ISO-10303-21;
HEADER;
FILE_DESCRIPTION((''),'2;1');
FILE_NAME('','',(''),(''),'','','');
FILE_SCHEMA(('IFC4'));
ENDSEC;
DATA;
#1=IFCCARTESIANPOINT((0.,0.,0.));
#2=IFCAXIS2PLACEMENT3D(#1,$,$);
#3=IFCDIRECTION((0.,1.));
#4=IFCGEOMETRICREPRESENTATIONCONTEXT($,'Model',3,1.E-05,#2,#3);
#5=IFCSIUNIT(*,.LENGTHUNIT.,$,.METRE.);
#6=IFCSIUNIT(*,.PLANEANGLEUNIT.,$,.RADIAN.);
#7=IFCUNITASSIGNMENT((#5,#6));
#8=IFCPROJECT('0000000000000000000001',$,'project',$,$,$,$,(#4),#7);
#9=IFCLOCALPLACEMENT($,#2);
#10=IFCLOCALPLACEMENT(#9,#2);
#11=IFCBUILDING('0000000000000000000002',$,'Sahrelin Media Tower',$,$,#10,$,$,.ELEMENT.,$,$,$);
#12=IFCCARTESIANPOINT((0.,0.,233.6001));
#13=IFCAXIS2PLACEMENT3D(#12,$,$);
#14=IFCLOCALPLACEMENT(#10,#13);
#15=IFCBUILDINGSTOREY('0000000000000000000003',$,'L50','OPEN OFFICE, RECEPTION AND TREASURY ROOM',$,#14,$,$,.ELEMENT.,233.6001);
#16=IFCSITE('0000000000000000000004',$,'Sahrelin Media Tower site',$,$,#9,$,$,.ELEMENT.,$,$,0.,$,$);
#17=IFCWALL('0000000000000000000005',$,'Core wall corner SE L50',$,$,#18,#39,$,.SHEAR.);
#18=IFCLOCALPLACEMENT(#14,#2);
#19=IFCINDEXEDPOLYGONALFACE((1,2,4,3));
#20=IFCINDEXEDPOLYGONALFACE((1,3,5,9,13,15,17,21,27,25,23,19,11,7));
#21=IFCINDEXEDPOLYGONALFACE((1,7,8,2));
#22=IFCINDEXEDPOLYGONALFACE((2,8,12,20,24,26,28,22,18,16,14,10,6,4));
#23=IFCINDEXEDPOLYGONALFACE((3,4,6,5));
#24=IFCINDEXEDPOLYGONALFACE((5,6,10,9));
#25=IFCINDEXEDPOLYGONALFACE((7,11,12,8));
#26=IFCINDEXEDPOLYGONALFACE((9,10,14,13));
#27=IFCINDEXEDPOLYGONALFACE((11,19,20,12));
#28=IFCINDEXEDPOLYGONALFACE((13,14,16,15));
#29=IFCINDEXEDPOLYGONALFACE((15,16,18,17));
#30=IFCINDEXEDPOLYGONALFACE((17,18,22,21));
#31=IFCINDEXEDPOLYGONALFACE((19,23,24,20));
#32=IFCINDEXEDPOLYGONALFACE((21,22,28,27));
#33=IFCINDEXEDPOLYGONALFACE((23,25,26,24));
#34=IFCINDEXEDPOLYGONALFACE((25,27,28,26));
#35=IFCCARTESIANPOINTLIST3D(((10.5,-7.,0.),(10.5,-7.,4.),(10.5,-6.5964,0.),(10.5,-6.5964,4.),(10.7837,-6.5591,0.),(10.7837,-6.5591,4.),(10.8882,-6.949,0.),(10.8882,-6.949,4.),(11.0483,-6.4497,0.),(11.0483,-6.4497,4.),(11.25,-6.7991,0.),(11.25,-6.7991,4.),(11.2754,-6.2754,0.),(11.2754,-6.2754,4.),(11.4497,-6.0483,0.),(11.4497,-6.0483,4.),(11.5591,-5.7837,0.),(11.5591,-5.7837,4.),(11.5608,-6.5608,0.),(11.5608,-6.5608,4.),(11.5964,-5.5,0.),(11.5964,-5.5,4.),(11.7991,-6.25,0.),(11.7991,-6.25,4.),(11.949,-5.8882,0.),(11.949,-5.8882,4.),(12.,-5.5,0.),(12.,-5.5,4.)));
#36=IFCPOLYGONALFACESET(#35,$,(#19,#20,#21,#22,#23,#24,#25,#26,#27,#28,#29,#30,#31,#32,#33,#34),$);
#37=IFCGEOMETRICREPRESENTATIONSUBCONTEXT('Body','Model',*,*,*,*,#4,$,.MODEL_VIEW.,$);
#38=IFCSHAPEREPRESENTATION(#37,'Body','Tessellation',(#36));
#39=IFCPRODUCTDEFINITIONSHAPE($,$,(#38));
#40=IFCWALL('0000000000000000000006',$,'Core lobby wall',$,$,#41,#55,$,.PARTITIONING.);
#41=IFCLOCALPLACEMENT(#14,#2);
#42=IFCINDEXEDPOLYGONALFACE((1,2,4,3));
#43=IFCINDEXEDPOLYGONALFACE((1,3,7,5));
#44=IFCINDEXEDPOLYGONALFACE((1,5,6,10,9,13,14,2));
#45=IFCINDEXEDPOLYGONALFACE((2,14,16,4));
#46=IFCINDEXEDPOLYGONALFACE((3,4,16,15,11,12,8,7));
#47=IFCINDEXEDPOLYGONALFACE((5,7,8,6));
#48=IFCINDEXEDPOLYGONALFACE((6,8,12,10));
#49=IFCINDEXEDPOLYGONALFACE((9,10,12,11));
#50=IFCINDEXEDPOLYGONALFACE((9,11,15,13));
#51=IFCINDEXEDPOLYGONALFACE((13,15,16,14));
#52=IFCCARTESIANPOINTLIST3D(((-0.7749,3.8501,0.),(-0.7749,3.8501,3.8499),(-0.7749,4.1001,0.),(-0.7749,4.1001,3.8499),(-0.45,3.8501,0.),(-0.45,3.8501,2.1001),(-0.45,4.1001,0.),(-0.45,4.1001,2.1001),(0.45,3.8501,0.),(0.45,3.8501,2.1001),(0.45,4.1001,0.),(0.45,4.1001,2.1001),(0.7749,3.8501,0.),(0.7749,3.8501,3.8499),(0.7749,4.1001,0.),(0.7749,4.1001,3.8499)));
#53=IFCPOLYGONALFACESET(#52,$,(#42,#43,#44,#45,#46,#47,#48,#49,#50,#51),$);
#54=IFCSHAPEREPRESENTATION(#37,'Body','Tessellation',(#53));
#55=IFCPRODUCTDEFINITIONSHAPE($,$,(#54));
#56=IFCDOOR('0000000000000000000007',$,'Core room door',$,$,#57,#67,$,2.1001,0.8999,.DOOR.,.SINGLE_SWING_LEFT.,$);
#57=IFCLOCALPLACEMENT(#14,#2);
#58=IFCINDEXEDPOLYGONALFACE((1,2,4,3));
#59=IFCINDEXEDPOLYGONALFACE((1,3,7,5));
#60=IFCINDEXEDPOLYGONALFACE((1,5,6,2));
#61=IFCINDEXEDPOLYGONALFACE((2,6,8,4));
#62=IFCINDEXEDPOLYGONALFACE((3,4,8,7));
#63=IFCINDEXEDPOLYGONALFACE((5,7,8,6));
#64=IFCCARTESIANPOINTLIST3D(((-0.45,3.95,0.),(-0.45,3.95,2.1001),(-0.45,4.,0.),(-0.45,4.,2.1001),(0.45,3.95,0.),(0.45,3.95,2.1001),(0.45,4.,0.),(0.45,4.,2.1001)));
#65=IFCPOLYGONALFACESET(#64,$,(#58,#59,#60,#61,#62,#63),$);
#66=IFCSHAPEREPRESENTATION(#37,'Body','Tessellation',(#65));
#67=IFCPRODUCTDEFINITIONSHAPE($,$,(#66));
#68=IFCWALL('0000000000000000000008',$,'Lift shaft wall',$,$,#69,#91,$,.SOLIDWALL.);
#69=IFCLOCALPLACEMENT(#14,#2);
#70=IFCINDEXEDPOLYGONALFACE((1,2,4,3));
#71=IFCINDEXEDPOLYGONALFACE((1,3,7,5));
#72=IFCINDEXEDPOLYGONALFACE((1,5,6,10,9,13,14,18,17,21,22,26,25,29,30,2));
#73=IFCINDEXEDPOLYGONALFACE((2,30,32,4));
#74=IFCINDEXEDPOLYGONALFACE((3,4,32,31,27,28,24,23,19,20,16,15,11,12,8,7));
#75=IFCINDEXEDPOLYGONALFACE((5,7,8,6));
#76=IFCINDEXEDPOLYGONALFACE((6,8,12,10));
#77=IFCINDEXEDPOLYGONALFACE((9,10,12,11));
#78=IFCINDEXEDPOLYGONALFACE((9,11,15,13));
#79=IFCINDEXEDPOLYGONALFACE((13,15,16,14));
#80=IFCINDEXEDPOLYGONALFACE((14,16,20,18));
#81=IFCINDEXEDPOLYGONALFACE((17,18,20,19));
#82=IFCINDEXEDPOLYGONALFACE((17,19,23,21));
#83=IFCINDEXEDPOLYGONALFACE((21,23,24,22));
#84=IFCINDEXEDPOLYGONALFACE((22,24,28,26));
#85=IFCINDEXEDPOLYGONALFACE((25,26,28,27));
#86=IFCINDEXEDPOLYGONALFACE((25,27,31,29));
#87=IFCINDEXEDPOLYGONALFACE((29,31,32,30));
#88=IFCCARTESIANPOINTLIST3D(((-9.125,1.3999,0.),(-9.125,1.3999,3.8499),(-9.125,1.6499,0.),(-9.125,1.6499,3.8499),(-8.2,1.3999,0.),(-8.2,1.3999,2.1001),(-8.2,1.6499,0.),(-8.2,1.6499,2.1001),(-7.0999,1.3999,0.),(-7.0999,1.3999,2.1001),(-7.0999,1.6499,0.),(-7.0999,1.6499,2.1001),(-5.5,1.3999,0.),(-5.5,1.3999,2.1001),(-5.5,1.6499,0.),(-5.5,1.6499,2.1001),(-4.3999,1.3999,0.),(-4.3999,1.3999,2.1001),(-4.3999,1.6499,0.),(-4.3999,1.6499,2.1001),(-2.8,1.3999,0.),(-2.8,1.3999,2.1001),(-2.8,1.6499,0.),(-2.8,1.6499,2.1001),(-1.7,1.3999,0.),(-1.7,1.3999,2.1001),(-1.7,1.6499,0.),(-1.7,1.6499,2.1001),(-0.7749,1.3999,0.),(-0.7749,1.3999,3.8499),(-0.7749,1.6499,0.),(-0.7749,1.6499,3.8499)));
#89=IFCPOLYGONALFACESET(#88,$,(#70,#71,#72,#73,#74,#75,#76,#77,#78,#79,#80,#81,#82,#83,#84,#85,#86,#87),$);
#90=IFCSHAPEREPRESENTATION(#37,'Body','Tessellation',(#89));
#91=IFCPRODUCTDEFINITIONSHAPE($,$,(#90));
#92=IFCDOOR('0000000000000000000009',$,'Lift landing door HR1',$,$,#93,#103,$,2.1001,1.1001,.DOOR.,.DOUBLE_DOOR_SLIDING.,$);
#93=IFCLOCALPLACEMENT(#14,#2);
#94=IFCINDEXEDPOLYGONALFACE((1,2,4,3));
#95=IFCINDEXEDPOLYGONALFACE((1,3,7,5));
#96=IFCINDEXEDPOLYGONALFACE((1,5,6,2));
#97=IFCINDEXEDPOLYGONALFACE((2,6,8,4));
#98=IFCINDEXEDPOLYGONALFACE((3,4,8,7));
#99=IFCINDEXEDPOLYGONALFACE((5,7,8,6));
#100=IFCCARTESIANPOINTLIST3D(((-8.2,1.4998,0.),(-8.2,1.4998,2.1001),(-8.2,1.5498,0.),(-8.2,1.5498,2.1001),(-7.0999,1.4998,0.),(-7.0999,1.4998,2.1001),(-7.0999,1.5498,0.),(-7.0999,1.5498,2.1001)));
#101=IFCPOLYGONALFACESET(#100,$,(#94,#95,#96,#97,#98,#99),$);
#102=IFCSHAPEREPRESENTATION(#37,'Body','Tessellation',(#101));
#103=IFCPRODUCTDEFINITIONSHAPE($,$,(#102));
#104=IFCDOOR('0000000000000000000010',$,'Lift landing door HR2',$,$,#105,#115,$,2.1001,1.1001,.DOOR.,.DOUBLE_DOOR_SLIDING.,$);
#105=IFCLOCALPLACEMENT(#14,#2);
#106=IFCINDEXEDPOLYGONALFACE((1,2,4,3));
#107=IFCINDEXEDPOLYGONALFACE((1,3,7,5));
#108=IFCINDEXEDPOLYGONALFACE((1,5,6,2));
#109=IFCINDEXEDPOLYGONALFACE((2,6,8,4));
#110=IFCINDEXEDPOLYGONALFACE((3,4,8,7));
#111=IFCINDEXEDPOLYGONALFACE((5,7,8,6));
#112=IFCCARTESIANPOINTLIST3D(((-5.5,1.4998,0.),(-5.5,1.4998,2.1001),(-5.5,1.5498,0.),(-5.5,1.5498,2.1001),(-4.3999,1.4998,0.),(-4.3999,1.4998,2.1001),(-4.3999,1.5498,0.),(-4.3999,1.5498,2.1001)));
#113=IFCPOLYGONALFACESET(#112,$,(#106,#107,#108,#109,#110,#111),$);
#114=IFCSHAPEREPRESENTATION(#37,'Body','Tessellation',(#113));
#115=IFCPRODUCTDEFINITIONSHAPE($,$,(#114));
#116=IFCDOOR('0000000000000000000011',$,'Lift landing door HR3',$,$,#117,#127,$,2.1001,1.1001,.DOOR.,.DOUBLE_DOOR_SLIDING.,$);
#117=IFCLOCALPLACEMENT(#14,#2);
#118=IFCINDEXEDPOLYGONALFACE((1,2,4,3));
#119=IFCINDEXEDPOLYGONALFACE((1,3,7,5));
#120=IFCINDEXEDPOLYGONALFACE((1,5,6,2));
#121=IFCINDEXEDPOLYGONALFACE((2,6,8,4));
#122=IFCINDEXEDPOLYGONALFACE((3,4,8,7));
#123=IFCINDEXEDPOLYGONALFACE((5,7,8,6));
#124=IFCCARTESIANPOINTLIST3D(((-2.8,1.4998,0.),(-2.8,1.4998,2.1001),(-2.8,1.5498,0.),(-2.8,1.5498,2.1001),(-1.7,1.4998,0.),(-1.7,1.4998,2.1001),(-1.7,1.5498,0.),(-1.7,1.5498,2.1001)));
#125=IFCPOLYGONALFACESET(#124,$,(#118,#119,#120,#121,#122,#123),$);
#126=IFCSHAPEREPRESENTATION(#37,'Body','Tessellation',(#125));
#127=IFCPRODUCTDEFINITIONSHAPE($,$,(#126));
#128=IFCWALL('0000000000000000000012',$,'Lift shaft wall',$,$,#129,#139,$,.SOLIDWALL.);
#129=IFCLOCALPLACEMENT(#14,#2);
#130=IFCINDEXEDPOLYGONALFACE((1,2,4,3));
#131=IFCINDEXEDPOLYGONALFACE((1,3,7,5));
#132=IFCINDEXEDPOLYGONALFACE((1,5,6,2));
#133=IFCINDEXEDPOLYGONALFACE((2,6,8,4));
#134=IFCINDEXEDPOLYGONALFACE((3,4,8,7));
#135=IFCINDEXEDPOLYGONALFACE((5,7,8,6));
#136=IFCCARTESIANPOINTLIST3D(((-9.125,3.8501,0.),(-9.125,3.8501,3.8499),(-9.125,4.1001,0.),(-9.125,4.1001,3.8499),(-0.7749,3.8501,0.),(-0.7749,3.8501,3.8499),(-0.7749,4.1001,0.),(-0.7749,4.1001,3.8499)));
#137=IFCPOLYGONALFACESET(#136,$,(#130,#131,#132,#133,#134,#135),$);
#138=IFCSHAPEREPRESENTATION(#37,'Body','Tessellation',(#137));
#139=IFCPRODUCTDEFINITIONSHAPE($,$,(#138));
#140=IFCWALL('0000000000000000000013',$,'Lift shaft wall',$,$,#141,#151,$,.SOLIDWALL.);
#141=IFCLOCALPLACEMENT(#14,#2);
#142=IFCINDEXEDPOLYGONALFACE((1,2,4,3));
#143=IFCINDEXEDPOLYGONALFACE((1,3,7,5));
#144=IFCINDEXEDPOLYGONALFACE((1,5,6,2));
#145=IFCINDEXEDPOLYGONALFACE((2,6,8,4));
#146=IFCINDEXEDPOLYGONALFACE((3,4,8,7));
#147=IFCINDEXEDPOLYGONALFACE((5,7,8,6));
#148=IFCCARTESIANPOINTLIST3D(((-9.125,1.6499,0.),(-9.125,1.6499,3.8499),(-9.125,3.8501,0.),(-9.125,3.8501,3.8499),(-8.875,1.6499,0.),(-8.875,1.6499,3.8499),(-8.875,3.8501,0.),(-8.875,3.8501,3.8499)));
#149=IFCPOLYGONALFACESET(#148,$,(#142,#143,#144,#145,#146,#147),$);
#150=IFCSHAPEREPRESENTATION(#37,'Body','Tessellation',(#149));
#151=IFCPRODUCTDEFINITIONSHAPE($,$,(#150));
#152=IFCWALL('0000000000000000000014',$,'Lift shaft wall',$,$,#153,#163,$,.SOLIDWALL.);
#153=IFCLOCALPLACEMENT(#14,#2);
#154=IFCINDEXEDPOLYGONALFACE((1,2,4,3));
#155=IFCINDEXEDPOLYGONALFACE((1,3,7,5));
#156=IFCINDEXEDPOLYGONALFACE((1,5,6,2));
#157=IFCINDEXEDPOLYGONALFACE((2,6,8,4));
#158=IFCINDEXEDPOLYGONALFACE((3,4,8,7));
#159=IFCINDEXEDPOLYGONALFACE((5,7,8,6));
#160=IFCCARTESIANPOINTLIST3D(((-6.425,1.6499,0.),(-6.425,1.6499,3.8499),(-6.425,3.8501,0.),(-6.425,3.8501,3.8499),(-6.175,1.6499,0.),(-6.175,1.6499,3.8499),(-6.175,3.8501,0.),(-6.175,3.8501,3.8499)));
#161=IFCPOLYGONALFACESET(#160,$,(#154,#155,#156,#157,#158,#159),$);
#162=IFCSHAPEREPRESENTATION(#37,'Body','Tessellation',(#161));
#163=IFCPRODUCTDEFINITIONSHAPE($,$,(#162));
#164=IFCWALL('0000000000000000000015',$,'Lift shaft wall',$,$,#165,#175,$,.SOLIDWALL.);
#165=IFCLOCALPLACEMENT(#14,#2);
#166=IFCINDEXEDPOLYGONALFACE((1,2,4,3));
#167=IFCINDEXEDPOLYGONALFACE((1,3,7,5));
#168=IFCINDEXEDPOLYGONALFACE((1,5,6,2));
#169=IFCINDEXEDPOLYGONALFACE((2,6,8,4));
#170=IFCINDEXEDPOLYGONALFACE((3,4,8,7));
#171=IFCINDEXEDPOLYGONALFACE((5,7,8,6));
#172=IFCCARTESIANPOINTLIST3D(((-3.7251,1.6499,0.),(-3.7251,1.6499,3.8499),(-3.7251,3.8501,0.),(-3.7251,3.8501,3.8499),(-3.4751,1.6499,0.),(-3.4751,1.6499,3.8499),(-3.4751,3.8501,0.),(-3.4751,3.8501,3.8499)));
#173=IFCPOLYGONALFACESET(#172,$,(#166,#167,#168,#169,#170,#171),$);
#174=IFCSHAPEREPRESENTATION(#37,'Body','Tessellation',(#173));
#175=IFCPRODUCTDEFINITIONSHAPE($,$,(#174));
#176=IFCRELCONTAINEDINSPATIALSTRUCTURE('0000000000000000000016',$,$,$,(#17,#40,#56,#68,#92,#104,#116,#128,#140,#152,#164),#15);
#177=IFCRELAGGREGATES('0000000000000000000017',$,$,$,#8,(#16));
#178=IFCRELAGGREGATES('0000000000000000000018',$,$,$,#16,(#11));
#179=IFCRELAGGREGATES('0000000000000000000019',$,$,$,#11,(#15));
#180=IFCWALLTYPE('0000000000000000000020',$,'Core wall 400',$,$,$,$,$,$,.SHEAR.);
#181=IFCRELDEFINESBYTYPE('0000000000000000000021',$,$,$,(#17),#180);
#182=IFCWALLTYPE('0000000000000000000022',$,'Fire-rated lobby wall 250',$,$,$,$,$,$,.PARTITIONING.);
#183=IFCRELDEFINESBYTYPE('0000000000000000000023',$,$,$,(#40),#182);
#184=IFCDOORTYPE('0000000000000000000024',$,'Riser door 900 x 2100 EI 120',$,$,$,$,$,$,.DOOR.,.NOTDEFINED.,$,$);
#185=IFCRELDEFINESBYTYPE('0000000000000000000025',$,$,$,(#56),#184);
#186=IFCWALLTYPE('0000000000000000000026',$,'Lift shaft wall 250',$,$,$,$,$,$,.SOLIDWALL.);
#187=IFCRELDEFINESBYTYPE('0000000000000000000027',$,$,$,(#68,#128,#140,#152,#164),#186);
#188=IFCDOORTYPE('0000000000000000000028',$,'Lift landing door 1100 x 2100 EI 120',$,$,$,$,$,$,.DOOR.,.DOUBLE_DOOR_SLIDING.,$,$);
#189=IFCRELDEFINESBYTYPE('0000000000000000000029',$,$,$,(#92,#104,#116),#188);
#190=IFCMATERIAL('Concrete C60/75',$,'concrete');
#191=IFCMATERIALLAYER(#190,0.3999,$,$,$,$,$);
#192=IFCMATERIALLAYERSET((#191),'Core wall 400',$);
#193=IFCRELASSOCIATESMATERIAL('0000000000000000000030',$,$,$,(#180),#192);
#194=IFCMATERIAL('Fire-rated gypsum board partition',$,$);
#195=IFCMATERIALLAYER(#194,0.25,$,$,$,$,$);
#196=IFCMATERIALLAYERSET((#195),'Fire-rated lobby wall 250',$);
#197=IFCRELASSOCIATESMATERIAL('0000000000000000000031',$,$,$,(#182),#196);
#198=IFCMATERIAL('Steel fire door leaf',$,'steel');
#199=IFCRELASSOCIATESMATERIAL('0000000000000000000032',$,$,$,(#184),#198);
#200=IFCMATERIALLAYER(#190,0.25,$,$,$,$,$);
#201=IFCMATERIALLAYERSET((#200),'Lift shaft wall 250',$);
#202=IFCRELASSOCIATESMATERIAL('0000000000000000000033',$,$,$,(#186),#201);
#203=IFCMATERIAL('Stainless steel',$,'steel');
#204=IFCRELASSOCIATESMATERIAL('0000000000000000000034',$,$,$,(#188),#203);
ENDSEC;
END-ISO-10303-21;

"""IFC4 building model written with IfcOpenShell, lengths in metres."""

from ifc_helpers import new_model, si_unit, direction, frame, frame_2d, origin, place, context, subcontext, project, spatial, polyline, rectangle, outline, extrude, material, layer, layer_set, type_object, element, fill, save


model = new_model("IFC4")

# Units and contexts
model_context = context("Model", 3, precision=1e-05, world=origin(), true_north=direction((0.0, 1.0)))
body_context = subcontext(model_context, "Body", "Model", "MODEL_VIEW")
ifc_project = project(units=[si_unit("LENGTHUNIT", "METRE"), si_unit("PLANEANGLEUNIT", "RADIAN")], contexts=[model_context])

# Site, building, storey
site_placement = place(None, origin())
site = spatial("IfcSite", under=ifc_project, at=site_placement, Name="Sahrelin Media Tower site", CompositionType="ELEMENT", RefElevation=0.0)
building_placement = place(site_placement, origin())
building = spatial("IfcBuilding", under=site, at=building_placement, Name="Sahrelin Media Tower", CompositionType="ELEMENT")
storey_placement = place(building_placement, frame((0.0, 0.0, 233.6001)))
storey = spatial("IfcBuildingStorey", under=building, at=storey_placement, Name="L50", Description="OPEN OFFICE, RECEPTION AND TREASURY ROOM", CompositionType="ELEMENT", Elevation=233.6001)

# Wall
ifc_material_1 = material(Name="Concrete C60/75", Category="concrete")
ifc_layer_1 = layer(ifc_material_1, 0.3999)
ifc_layer_set_1 = layer_set([ifc_layer_1], Name="Core wall 400")
wall_type_1 = type_object("IfcWallType", Name="Core wall 400", PredefinedType="SHEAR", material=ifc_layer_set_1)
placement = place(storey_placement, origin())
element("IfcWall", 1, at=placement, inside=storey, type_object=wall_type_1, Name="Core wall corner SE L50", PredefinedType="SHEAR", context=body_context, shape_type="SweptSolid", body=[
    extrude(outline(polyline([(12.0, -5.5), (11.5964, -5.5), (11.5591, -5.7837), (11.4497, -6.0483), (11.2754, -6.2754), (11.0483, -6.4497), (10.7837, -6.5591), (10.5, -6.5964), (10.5, -7.0), (10.8882, -6.949), (11.25, -6.7991), (11.5608, -6.5608), (11.7991, -6.25), (11.949, -5.8882), (12.0, -5.5)])), origin(), (0.0, 0.0, 1.0), 4.0),
])

# Wall, opening, door
ifc_material_2 = material(Name="Fire-rated gypsum board partition")
ifc_layer_2 = layer(ifc_material_2, 0.25)
ifc_layer_set_2 = layer_set([ifc_layer_2], Name="Fire-rated lobby wall 250")
wall_type_2 = type_object("IfcWallType", Name="Fire-rated lobby wall 250", PredefinedType="PARTITIONING", material=ifc_layer_set_2)
wall_1_placement = place(storey_placement, frame((-0.7749, 3.9751, 0.0), z_axis=(0.0, 0.0, 1.0), x_axis=(1.0, 0.0, 0.0)))
wall_1 = element("IfcWall", 2, at=wall_1_placement, inside=storey, type_object=wall_type_2, Name="Core lobby wall", PredefinedType="PARTITIONING", context=body_context, shape_type="SweptSolid", body=[
    extrude(rectangle(XDim=1.5498, YDim=0.25, at=frame_2d((0.7749, 0.0))), origin(), (0.0, 0.0, 1.0), 3.8499),
])
opening_1_placement = place(wall_1_placement, frame((0.325, 0.0, 0.0)))
opening_1 = element("IfcOpeningElement", 3, at=opening_1_placement, cuts=wall_1, PredefinedType="OPENING", context=body_context, shape_type="SweptSolid", body=[
    extrude(rectangle(XDim=0.8999, YDim=2.1001, at=frame_2d((0.45, 1.05))), frame((0.0, 0.125, 0.0), z_axis=(0.0, -1.0, 0.0), x_axis=(1.0, 0.0, 0.0)), (0.0, 0.0, 1.0), 0.25),
])
ifc_material_3 = material(Name="Steel fire door leaf", Category="steel")
door_type_1 = type_object("IfcDoorType", Name="Riser door 900 x 2100 EI 120", OperationType="NOTDEFINED", PredefinedType="DOOR", material=ifc_material_3)
door_1_placement = place(opening_1_placement, origin())
door_1 = element("IfcDoor", 4, at=door_1_placement, inside=storey, type_object=door_type_1, Name="Core room door", OperationType="SINGLE_SWING_LEFT", OverallHeight=2.1001, OverallWidth=0.8999, PredefinedType="DOOR", context=body_context, shape_type="SweptSolid", body=[
    extrude(rectangle(XDim=0.8999, YDim=2.1001, at=frame_2d((0.45, 1.05))), frame((0.0, 0.0249, 0.0), z_axis=(0.0, -1.0, 0.0), x_axis=(1.0, 0.0, 0.0)), (0.0, 0.0, 1.0), 0.05),
])
fill(opening_1, door_1)

# Wall, openings, doors
ifc_layer_3 = layer(ifc_material_1, 0.25)
ifc_layer_set_3 = layer_set([ifc_layer_3], Name="Lift shaft wall 250")
wall_type_3 = type_object("IfcWallType", Name="Lift shaft wall 250", PredefinedType="SOLIDWALL", material=ifc_layer_set_3)
wall_2_placement = place(storey_placement, frame((-9.125, 1.5249, 0.0), z_axis=(0.0, 0.0, 1.0), x_axis=(1.0, 0.0, 0.0)))
wall_2 = element("IfcWall", 5, at=wall_2_placement, inside=storey, type_object=wall_type_3, Name="Lift shaft wall", PredefinedType="SOLIDWALL", context=body_context, shape_type="SweptSolid", body=[
    extrude(rectangle(XDim=8.3501, YDim=0.25, at=frame_2d((4.175, 0.0))), origin(), (0.0, 0.0, 1.0), 3.8499),
])
opening_2_placement = place(wall_2_placement, frame((0.925, 0.0, 0.0)))
opening_2 = element("IfcOpeningElement", 6, at=opening_2_placement, cuts=wall_2, PredefinedType="OPENING", context=body_context, shape_type="SweptSolid", body=[
    extrude(rectangle(XDim=1.1001, YDim=2.1001, at=frame_2d((0.55, 1.05))), frame((0.0, 0.125, 0.0), z_axis=(0.0, -1.0, 0.0), x_axis=(1.0, 0.0, 0.0)), (0.0, 0.0, 1.0), 0.25),
])
opening_3_placement = place(wall_2_placement, frame((3.625, 0.0, 0.0)))
opening_3 = element("IfcOpeningElement", 7, at=opening_3_placement, cuts=wall_2, PredefinedType="OPENING", context=body_context, shape_type="SweptSolid", body=[
    extrude(rectangle(XDim=1.1001, YDim=2.1001, at=frame_2d((0.55, 1.05))), frame((0.0, 0.125, 0.0), z_axis=(0.0, -1.0, 0.0), x_axis=(1.0, 0.0, 0.0)), (0.0, 0.0, 1.0), 0.25),
])
opening_4_placement = place(wall_2_placement, frame((6.325, 0.0, 0.0)))
opening_4 = element("IfcOpeningElement", 8, at=opening_4_placement, cuts=wall_2, PredefinedType="OPENING", context=body_context, shape_type="SweptSolid", body=[
    extrude(rectangle(XDim=1.1001, YDim=2.1001, at=frame_2d((0.55, 1.05))), frame((0.0, 0.125, 0.0), z_axis=(0.0, -1.0, 0.0), x_axis=(1.0, 0.0, 0.0)), (0.0, 0.0, 1.0), 0.25),
])
ifc_material_4 = material(Name="Stainless steel", Category="steel")
door_type_2 = type_object("IfcDoorType", Name="Lift landing door 1100 x 2100 EI 120", OperationType="DOUBLE_DOOR_SLIDING", PredefinedType="DOOR", material=ifc_material_4)
door_2_placement = place(opening_2_placement, origin())
door_2 = element("IfcDoor", 9, at=door_2_placement, inside=storey, type_object=door_type_2, Name="Lift landing door HR1", OperationType="DOUBLE_DOOR_SLIDING", OverallHeight=2.1001, OverallWidth=1.1001, PredefinedType="DOOR", context=body_context, shape_type="SweptSolid", body=[
    extrude(rectangle(XDim=1.1001, YDim=2.1001, at=frame_2d((0.55, 1.05))), frame((0.0, 0.0249, 0.0), z_axis=(0.0, -1.0, 0.0), x_axis=(1.0, 0.0, 0.0)), (0.0, 0.0, 1.0), 0.05),
])
fill(opening_2, door_2)
door_3_placement = place(opening_3_placement, origin())
door_3 = element("IfcDoor", 10, at=door_3_placement, inside=storey, type_object=door_type_2, Name="Lift landing door HR2", OperationType="DOUBLE_DOOR_SLIDING", OverallHeight=2.1001, OverallWidth=1.1001, PredefinedType="DOOR", context=body_context, shape_type="SweptSolid", body=[
    extrude(rectangle(XDim=1.1001, YDim=2.1001, at=frame_2d((0.55, 1.05))), frame((0.0, 0.0249, 0.0), z_axis=(0.0, -1.0, 0.0), x_axis=(1.0, 0.0, 0.0)), (0.0, 0.0, 1.0), 0.05),
])
fill(opening_3, door_3)
door_4_placement = place(opening_4_placement, origin())
door_4 = element("IfcDoor", 11, at=door_4_placement, inside=storey, type_object=door_type_2, Name="Lift landing door HR3", OperationType="DOUBLE_DOOR_SLIDING", OverallHeight=2.1001, OverallWidth=1.1001, PredefinedType="DOOR", context=body_context, shape_type="SweptSolid", body=[
    extrude(rectangle(XDim=1.1001, YDim=2.1001, at=frame_2d((0.55, 1.05))), frame((0.0, 0.0249, 0.0), z_axis=(0.0, -1.0, 0.0), x_axis=(1.0, 0.0, 0.0)), (0.0, 0.0, 1.0), 0.05),
])
fill(opening_4, door_4)

# Walls
wall_3_placement = place(storey_placement, frame((-9.125, 3.9751, 0.0), z_axis=(0.0, 0.0, 1.0), x_axis=(1.0, 0.0, 0.0)))
element("IfcWall", 12, at=wall_3_placement, inside=storey, type_object=wall_type_3, Name="Lift shaft wall", PredefinedType="SOLIDWALL", context=body_context, shape_type="SweptSolid", body=[
    extrude(rectangle(XDim=8.3501, YDim=0.25, at=frame_2d((4.175, 0.0))), origin(), (0.0, 0.0, 1.0), 3.8499),
])
for number, where, z_axis, x_axis, name in (
    (13, (-9.0, 1.6499, 0.0), (0.0, 0.0, 1.0), (0.0, 1.0, 0.0), "Lift shaft wall"),
    (14, (-6.3, 1.6499, 0.0), (0.0, 0.0, 1.0), (0.0, 1.0, 0.0), "Lift shaft wall"),
    (15, (-3.6001, 1.6499, 0.0), (0.0, 0.0, 1.0), (0.0, 1.0, 0.0), "Lift shaft wall"),
):
    element("IfcWall", number, at=place(storey_placement, frame(where, z_axis=z_axis, x_axis=x_axis)), inside=storey, type_object=wall_type_3, Name=name, PredefinedType="SOLIDWALL", context=body_context, shape_type="SweptSolid", body=[
        extrude(rectangle(XDim=2.2002, YDim=0.25, at=frame_2d((1.1001, 0.0))), origin(), (0.0, 0.0, 1.0), 3.8499),
    ])

save(model, "model.ifc")
